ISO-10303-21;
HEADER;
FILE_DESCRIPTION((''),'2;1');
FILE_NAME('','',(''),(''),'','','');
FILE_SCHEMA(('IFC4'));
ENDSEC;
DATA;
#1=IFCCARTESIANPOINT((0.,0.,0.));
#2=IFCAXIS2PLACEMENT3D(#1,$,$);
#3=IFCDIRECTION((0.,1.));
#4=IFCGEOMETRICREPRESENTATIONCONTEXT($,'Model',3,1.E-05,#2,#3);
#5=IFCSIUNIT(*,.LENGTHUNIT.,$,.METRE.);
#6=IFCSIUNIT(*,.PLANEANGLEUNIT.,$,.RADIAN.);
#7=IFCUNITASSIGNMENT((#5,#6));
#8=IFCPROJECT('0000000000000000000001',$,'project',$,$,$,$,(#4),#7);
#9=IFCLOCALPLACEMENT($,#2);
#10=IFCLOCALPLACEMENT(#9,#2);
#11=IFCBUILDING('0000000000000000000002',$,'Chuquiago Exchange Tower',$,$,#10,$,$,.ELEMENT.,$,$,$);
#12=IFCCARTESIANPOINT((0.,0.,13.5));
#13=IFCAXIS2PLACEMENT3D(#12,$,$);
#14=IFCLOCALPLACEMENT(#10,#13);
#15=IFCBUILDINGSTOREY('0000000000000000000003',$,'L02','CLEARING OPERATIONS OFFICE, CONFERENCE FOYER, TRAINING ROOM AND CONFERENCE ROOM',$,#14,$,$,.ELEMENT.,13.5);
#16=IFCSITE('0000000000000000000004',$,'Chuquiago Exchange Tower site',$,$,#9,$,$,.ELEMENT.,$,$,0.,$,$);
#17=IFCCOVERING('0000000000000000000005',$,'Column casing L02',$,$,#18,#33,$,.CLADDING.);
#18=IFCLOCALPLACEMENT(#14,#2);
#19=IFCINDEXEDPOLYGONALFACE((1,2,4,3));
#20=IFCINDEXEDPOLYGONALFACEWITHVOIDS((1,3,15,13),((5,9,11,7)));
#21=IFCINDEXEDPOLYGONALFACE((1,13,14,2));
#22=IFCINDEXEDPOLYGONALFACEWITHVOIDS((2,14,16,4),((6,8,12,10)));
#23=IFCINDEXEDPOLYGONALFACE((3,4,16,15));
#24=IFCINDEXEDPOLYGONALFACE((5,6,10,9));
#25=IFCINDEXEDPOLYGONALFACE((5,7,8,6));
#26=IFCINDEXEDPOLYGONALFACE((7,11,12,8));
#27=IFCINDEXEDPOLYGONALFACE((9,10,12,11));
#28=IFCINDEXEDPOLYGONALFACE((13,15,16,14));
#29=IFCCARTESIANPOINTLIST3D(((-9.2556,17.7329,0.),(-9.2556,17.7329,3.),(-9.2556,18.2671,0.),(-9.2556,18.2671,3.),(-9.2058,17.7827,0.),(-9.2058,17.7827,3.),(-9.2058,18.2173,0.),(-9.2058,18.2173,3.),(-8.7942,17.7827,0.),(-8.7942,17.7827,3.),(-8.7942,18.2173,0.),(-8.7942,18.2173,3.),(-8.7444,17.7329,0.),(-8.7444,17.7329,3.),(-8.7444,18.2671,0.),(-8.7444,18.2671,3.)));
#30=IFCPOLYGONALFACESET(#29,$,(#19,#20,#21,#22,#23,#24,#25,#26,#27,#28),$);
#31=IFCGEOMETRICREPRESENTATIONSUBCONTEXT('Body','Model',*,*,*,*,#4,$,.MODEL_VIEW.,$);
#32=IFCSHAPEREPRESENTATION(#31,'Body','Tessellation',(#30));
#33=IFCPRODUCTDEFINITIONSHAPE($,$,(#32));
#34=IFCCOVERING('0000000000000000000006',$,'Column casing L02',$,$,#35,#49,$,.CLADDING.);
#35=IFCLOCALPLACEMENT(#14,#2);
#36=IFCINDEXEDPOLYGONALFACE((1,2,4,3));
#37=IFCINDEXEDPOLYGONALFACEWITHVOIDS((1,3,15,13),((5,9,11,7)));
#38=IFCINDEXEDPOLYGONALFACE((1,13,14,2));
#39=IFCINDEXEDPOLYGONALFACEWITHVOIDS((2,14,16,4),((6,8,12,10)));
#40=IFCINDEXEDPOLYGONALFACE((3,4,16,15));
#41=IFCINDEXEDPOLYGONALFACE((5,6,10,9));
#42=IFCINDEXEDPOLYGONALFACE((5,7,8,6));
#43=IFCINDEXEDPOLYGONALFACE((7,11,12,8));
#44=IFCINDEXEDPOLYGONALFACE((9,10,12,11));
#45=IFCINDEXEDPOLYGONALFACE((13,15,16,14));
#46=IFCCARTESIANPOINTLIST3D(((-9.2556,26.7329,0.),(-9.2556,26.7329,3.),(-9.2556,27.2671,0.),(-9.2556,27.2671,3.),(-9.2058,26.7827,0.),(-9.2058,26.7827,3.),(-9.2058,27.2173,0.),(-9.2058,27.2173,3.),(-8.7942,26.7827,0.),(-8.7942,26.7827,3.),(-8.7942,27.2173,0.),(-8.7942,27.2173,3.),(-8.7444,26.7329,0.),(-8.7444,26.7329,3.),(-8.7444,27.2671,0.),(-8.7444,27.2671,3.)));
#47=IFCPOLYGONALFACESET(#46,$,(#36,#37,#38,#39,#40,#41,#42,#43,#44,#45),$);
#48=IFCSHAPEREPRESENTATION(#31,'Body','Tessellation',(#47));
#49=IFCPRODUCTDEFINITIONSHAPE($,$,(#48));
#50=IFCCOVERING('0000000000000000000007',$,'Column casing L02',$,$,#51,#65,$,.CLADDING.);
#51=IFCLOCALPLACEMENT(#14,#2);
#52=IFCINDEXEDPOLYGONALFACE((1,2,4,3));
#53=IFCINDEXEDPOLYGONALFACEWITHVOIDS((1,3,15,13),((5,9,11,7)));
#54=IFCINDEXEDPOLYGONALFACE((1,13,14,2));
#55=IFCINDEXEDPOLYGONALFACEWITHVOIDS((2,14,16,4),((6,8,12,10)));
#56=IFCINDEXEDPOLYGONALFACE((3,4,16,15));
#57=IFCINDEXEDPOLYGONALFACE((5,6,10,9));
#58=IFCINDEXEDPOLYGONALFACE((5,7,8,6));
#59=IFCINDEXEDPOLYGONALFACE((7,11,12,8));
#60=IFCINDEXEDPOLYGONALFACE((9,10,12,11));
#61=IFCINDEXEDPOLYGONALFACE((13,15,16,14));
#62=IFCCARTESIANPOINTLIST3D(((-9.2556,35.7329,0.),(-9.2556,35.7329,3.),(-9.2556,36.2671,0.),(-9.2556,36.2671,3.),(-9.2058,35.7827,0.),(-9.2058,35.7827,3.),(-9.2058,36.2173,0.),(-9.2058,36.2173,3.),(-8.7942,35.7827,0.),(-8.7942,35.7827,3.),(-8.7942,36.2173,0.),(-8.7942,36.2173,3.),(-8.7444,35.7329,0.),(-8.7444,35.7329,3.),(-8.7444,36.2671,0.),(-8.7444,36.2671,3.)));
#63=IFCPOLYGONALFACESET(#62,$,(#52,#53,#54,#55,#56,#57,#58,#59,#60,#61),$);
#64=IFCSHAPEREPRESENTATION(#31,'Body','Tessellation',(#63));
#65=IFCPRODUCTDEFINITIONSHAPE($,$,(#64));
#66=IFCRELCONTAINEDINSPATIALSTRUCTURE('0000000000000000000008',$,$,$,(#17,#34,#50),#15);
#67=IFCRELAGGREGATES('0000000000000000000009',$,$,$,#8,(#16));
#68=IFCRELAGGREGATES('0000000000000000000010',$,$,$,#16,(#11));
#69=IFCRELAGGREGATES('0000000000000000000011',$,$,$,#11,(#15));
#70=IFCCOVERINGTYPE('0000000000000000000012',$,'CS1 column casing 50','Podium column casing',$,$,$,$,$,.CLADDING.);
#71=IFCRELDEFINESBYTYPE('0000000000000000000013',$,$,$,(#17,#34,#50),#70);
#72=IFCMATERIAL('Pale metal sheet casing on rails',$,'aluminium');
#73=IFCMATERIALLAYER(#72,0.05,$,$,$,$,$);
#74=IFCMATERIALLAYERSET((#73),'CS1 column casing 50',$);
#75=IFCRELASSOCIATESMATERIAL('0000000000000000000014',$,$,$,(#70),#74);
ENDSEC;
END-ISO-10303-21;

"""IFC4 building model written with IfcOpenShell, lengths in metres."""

from ifc_helpers import new_model, si_unit, direction, frame, origin, place, context, subcontext, project, spatial, polyline, outline, extrude, material, layer, layer_set, type_object, element, save


model = new_model("IFC4")

# Units and contexts
model_context = context("Model", 3, precision=1e-05, world=origin(), true_north=direction((0.0, 1.0)))
body_context = subcontext(model_context, "Body", "Model", "MODEL_VIEW")
ifc_project = project(units=[si_unit("LENGTHUNIT", "METRE"), si_unit("PLANEANGLEUNIT", "RADIAN")], contexts=[model_context])

# Site, building, storey
site_placement = place(None, origin())
site = spatial("IfcSite", under=ifc_project, at=site_placement, Name="Chuquiago Exchange Tower site", CompositionType="ELEMENT", RefElevation=0.0)
building_placement = place(site_placement, origin())
building = spatial("IfcBuilding", under=site, at=building_placement, Name="Chuquiago Exchange Tower", CompositionType="ELEMENT")
storey_placement = place(building_placement, frame((0.0, 0.0, 13.5)))
storey = spatial("IfcBuildingStorey", under=building, at=storey_placement, Name="L02", Description="CLEARING OPERATIONS OFFICE, CONFERENCE FOYER, TRAINING ROOM AND CONFERENCE ROOM", CompositionType="ELEMENT", Elevation=13.5)

# Coverings
ifc_material_1 = material(Name="Pale metal sheet casing on rails", Category="aluminium")
ifc_layer_1 = layer(ifc_material_1, 0.05)
ifc_layer_set_1 = layer_set([ifc_layer_1], Name="CS1 column casing 50")
covering_type = type_object("IfcCoveringType", Name="CS1 column casing 50", Description="Podium column casing", PredefinedType="CLADDING", material=ifc_layer_set_1)
covering_1_placement = place(storey_placement, origin())
element("IfcCovering", 1, at=covering_1_placement, inside=storey, type_object=covering_type, Name="Column casing L02", PredefinedType="CLADDING", context=body_context, shape_type="SweptSolid", body=[
    extrude(outline(polyline([(-9.2556, 17.7329), (-8.7444, 17.7329), (-8.7444, 18.2671), (-9.2556, 18.2671), (-9.2556, 17.7329)]), holes=[polyline([(-9.2058, 17.7827), (-9.2058, 18.2173), (-8.7942, 18.2173), (-8.7942, 17.7827), (-9.2058, 17.7827)])]), origin(), (0.0, 0.0, 1.0), 3.0),
])
covering_2_placement = place(storey_placement, origin())
element("IfcCovering", 2, at=covering_2_placement, inside=storey, type_object=covering_type, Name="Column casing L02", PredefinedType="CLADDING", context=body_context, shape_type="SweptSolid", body=[
    extrude(outline(polyline([(-9.2556, 26.7329), (-8.7444, 26.7329), (-8.7444, 27.2671), (-9.2556, 27.2671), (-9.2556, 26.7329)]), holes=[polyline([(-9.2058, 26.7827), (-9.2058, 27.2173), (-8.7942, 27.2173), (-8.7942, 26.7827), (-9.2058, 26.7827)])]), origin(), (0.0, 0.0, 1.0), 3.0),
])
covering_3_placement = place(storey_placement, origin())
element("IfcCovering", 3, at=covering_3_placement, inside=storey, type_object=covering_type, Name="Column casing L02", PredefinedType="CLADDING", context=body_context, shape_type="SweptSolid", body=[
    extrude(outline(polyline([(-9.2556, 35.7329), (-8.7444, 35.7329), (-8.7444, 36.2671), (-9.2556, 36.2671), (-9.2556, 35.7329)]), holes=[polyline([(-9.2058, 35.7827), (-9.2058, 36.2173), (-8.7942, 36.2173), (-8.7942, 35.7827), (-9.2058, 35.7827)])]), origin(), (0.0, 0.0, 1.0), 3.0),
])

save(model, "model.ifc")
